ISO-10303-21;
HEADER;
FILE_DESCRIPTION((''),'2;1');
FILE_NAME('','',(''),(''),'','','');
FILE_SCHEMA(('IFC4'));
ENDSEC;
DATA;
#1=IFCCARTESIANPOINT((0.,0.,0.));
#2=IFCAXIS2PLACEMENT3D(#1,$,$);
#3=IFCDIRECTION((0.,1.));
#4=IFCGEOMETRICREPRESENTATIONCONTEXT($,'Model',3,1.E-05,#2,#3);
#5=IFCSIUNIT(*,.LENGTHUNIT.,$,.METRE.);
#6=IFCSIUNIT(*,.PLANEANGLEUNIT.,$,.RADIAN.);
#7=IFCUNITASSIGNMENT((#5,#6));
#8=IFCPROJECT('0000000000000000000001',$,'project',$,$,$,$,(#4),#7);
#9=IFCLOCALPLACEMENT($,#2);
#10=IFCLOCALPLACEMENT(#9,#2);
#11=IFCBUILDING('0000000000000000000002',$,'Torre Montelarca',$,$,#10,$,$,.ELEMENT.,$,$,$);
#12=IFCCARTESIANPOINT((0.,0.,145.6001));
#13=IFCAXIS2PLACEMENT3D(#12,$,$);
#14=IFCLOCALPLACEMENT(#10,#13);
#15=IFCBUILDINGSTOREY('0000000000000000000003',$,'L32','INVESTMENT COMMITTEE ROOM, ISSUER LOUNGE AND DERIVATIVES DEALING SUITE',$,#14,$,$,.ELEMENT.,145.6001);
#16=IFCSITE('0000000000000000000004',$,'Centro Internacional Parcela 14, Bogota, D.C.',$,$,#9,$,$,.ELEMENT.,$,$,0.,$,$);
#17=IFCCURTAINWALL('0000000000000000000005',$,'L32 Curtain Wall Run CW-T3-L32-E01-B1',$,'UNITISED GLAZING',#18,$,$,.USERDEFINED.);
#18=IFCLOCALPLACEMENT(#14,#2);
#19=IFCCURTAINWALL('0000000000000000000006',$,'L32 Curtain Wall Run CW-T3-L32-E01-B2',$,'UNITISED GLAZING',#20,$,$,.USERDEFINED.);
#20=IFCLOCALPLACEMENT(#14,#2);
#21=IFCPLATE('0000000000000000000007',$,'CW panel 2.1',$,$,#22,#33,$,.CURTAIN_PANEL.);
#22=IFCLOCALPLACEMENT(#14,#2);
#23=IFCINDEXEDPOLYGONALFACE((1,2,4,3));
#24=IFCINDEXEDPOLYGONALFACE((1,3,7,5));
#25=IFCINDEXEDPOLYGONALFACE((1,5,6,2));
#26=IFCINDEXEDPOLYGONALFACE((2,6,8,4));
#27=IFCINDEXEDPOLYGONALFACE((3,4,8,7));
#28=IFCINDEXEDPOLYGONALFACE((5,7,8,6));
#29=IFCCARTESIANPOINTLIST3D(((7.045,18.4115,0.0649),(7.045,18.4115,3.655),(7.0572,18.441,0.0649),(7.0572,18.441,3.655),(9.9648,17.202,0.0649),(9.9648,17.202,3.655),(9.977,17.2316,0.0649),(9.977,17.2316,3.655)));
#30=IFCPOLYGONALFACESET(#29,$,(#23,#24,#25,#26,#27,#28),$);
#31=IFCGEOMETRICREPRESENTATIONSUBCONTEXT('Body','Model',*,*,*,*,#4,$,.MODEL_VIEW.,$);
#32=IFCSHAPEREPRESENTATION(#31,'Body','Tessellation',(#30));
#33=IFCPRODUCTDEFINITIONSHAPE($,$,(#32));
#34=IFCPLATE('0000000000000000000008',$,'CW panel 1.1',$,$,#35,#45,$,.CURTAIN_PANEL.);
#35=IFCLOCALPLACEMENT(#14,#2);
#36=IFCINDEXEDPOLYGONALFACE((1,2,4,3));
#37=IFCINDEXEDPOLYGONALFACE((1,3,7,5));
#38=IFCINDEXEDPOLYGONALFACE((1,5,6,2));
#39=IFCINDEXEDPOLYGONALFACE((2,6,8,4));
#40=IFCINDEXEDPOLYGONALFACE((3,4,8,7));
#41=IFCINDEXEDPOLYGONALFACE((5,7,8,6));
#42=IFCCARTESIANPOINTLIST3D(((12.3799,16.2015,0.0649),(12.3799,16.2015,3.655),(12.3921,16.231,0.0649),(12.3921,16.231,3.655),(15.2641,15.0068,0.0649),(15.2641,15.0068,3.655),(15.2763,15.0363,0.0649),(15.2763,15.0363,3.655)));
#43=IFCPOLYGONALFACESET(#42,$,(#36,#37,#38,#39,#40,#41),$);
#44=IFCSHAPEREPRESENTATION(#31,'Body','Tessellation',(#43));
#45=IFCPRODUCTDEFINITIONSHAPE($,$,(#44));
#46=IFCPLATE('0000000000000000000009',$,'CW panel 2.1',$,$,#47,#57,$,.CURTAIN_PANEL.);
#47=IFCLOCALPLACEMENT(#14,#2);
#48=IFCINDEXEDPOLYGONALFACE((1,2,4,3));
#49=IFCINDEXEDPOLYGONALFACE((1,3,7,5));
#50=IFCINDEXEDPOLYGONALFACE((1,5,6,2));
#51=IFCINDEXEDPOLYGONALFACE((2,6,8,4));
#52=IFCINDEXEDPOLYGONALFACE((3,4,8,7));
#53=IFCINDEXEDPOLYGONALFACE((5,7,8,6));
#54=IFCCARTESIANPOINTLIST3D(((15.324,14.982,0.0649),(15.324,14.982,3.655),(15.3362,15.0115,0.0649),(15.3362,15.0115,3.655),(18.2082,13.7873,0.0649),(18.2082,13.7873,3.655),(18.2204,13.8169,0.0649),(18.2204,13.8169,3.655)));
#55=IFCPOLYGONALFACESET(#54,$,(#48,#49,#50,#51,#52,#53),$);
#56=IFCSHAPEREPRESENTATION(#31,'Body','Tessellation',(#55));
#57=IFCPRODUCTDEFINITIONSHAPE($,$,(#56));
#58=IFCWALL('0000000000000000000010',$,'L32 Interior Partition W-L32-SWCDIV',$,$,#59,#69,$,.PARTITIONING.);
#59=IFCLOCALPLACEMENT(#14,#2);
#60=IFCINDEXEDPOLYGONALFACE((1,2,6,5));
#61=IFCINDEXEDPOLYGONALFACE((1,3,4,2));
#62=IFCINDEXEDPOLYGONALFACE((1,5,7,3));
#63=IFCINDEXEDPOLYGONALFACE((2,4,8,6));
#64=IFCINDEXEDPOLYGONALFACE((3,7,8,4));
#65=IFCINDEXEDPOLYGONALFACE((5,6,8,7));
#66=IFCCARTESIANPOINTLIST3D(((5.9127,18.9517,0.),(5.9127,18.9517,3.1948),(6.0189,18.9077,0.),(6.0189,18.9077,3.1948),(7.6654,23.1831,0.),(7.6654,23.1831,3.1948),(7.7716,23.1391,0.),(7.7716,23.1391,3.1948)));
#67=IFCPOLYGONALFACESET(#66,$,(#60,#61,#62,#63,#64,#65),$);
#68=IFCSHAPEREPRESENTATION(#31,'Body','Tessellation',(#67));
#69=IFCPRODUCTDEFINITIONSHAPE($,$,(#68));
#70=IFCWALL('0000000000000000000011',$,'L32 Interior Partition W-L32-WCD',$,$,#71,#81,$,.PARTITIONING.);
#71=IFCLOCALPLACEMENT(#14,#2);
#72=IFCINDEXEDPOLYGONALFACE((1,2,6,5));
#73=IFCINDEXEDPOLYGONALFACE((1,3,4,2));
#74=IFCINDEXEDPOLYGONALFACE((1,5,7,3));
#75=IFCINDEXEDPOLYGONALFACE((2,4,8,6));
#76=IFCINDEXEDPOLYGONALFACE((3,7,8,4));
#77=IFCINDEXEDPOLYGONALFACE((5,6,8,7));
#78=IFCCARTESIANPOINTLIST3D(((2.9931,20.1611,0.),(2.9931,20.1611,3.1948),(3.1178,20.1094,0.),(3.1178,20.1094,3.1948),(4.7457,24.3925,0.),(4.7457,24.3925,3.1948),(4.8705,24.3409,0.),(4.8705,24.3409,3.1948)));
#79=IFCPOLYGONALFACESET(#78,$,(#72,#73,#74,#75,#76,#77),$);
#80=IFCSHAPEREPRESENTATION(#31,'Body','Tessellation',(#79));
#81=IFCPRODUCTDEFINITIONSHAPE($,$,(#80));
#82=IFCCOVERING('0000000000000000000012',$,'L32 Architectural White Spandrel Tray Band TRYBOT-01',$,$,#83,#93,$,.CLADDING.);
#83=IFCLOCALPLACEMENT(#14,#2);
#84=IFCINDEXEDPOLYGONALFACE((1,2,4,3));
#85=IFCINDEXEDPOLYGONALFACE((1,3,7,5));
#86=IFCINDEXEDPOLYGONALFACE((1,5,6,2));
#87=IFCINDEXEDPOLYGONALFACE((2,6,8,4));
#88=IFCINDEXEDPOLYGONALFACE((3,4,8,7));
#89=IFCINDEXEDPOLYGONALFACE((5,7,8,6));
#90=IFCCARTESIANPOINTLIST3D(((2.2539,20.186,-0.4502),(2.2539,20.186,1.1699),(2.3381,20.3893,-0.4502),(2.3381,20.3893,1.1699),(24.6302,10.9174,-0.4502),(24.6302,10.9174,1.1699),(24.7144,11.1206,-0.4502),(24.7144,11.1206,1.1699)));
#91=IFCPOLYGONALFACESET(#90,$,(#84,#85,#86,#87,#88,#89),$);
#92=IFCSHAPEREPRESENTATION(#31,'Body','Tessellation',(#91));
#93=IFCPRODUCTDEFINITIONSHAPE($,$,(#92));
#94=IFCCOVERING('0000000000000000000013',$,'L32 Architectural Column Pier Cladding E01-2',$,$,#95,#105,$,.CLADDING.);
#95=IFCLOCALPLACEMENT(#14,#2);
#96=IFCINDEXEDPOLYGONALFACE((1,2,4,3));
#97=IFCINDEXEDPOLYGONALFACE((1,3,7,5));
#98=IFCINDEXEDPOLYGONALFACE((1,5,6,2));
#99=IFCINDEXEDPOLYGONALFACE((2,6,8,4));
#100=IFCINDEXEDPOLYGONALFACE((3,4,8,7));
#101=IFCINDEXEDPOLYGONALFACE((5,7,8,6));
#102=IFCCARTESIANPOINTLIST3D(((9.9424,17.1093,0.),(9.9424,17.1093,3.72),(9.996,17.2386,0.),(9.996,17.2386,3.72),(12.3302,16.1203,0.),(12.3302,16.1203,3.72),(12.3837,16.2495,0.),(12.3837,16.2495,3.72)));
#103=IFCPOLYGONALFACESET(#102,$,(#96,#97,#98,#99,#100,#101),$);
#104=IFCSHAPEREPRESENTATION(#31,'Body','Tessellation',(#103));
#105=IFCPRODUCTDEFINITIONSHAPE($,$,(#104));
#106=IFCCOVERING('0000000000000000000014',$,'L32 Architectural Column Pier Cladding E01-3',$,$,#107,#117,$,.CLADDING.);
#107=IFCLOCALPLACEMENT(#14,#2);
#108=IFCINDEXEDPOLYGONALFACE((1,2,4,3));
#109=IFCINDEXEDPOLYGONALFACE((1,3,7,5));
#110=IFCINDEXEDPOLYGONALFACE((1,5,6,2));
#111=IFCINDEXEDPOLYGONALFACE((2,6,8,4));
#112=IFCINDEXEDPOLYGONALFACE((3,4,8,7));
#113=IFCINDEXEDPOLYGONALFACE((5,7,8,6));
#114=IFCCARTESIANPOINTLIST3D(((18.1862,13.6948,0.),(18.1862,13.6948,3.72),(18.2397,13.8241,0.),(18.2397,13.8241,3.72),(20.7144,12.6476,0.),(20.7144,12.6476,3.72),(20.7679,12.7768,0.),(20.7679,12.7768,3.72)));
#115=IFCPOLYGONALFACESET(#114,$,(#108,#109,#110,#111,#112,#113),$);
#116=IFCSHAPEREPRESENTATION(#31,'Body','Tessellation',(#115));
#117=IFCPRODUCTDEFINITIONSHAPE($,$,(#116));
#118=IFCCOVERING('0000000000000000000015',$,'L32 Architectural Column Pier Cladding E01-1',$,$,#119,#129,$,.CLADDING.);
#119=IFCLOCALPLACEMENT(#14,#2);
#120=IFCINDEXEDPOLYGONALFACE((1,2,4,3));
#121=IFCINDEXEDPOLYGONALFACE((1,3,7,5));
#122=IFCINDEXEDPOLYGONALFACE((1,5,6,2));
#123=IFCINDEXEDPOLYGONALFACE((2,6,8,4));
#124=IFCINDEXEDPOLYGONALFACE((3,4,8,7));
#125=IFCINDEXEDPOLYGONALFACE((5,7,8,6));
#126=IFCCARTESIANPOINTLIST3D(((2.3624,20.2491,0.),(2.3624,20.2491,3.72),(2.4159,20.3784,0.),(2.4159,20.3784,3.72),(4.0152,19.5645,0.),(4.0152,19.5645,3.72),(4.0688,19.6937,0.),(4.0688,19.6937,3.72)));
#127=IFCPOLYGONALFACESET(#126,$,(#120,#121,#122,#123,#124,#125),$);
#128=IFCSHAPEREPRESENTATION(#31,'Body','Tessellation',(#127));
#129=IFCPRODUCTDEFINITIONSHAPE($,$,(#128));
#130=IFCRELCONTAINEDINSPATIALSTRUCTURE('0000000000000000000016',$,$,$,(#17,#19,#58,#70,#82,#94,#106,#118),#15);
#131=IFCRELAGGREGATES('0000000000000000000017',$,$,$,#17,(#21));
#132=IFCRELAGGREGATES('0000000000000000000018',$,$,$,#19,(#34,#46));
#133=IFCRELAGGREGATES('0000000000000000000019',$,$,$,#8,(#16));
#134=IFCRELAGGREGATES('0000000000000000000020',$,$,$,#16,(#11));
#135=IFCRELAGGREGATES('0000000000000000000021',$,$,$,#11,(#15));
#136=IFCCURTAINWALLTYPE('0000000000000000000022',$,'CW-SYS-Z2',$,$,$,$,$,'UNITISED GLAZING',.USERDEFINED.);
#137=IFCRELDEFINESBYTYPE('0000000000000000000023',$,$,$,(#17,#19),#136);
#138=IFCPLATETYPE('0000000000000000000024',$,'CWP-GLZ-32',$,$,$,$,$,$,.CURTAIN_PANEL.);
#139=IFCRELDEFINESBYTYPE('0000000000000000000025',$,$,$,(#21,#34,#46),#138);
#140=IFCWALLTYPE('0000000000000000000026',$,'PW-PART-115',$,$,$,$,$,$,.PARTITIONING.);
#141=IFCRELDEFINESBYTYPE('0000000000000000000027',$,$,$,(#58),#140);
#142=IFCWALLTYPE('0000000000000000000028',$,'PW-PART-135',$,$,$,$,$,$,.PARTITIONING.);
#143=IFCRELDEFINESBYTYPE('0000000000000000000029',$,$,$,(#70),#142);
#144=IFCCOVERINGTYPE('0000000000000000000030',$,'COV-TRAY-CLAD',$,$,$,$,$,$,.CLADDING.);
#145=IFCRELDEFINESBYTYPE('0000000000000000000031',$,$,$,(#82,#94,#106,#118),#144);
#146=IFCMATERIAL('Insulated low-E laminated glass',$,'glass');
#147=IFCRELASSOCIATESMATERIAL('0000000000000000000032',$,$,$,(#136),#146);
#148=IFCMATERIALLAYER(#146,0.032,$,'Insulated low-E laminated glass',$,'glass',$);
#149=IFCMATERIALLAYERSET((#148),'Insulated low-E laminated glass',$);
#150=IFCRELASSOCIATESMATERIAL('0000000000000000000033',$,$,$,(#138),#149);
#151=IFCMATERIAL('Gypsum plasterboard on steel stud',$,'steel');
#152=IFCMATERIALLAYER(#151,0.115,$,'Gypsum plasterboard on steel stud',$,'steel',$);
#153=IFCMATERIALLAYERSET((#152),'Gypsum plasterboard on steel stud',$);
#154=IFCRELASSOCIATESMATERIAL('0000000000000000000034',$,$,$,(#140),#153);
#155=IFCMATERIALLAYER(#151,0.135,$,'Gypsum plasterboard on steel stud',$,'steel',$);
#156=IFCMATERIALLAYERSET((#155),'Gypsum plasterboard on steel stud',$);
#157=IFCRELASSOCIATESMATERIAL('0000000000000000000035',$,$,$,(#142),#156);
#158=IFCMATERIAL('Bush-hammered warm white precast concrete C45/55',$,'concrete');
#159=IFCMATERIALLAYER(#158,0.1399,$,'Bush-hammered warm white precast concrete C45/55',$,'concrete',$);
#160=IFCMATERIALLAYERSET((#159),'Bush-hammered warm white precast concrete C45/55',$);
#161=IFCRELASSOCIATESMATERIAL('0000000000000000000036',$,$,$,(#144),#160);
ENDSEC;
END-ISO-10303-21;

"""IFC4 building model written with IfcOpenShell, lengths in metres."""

from ifc_helpers import new_model, si_unit, direction, frame, frame_2d, origin, origin_2d, place, context, subcontext, project, spatial, rectangle, extrude, source, transform, mapped, material, layer, layer_set, type_object, element, aggregate, save


model = new_model("IFC4")

# Units and contexts
model_context = context("Model", 3, precision=1e-05, world=origin(), true_north=direction((0.0, 1.0)))
body_context = subcontext(model_context, "Body", "Model", "MODEL_VIEW")
ifc_project = project(units=[si_unit("LENGTHUNIT", "METRE"), si_unit("PLANEANGLEUNIT", "RADIAN")], contexts=[model_context])

# Site, building, storey
site_placement = place(None, origin())
site = spatial("IfcSite", under=ifc_project, at=site_placement, Name="Centro Internacional Parcela 14, Bogota, D.C.", CompositionType="ELEMENT", RefElevation=0.0)
building_placement = place(site_placement, origin())
building = spatial("IfcBuilding", under=site, at=building_placement, Name="Torre Montelarca", CompositionType="ELEMENT")
storey_placement = place(building_placement, frame((0.0, 0.0, 145.6001)))
storey = spatial("IfcBuildingStorey", under=building, at=storey_placement, Name="L32", Description="INVESTMENT COMMITTEE ROOM, ISSUER LOUNGE AND DERIVATIVES DEALING SUITE", CompositionType="ELEMENT", Elevation=145.6001)

# Curtain walls
ifc_material_1 = material(Name="Insulated low-E laminated glass", Category="glass")
curtain_wall_type = type_object("IfcCurtainWallType", Name="CW-SYS-Z2", ElementType="UNITISED GLAZING", PredefinedType="USERDEFINED", material=ifc_material_1)
curtain_wall_1_placement = place(storey_placement, origin())
curtain_wall_1 = element("IfcCurtainWall", 1, at=curtain_wall_1_placement, inside=storey, type_object=curtain_wall_type, Name="L32 Curtain Wall Run CW-T3-L32-E01-B1", ObjectType="UNITISED GLAZING", PredefinedType="USERDEFINED")
curtain_wall_2_placement = place(storey_placement, origin())
curtain_wall_2 = element("IfcCurtainWall", 2, at=curtain_wall_2_placement, inside=storey, type_object=curtain_wall_type, Name="L32 Curtain Wall Run CW-T3-L32-E01-B2", ObjectType="UNITISED GLAZING", PredefinedType="USERDEFINED")

# Plates
ifc_layer_1 = layer(ifc_material_1, 0.032, Name="Insulated low-E laminated glass", Category="glass")
ifc_layer_set_1 = layer_set([ifc_layer_1], Name="Insulated low-E laminated glass")
plate_type = type_object("IfcPlateType", Name="CWP-GLZ-32", PredefinedType="CURTAIN_PANEL", material=ifc_layer_set_1)
shared_shape_1 = source(origin(), body_context, "Body", "SweptSolid", [
    extrude(rectangle(XDim=3.1604, YDim=0.032, at=origin_2d()), origin(), (0.0, 0.0, 1.0), 3.5901),
])
plate_1_placement = place(storey_placement, frame((8.511, 17.8215, 0.0649), z_axis=(0.0, 0.0, 1.0), x_axis=(0.92388, -0.382683, 0.0)))
plate_1 = element("IfcPlate", 3, at=plate_1_placement, type_object=plate_type, Name="CW panel 2.1", PredefinedType="CURTAIN_PANEL", context=body_context, shape_type="MappedRepresentation", body=[
    mapped(shared_shape_1, transform((0.0, 0.0, 0.0), scale=1.0)),
])
aggregate(curtain_wall_1, [plate_1])
shared_shape_2 = source(origin(), body_context, "Body", "SweptSolid", [
    extrude(rectangle(XDim=3.1218, YDim=0.032, at=origin_2d()), origin(), (0.0, 0.0, 1.0), 3.5901),
])
plate_2_placement = place(storey_placement, frame((13.8281, 15.6189, 0.0649), z_axis=(0.0, 0.0, 1.0), x_axis=(0.92388, -0.382682, 0.0)))
plate_2 = element("IfcPlate", 4, at=plate_2_placement, type_object=plate_type, Name="CW panel 1.1", PredefinedType="CURTAIN_PANEL", context=body_context, shape_type="MappedRepresentation", body=[
    mapped(shared_shape_2, transform((0.0, 0.0, 0.0), scale=1.0)),
])
plate_3_placement = place(storey_placement, frame((16.7722, 14.3994, 0.0649), z_axis=(0.0, 0.0, 1.0), x_axis=(0.92388, -0.382682, 0.0)))
plate_3 = element("IfcPlate", 5, at=plate_3_placement, type_object=plate_type, Name="CW panel 2.1", PredefinedType="CURTAIN_PANEL", context=body_context, shape_type="MappedRepresentation", body=[
    mapped(shared_shape_2, transform((0.0, 0.0, 0.0), scale=1.0)),
])
aggregate(curtain_wall_2, [plate_2, plate_3])

# Walls
ifc_material_2 = material(Name="Gypsum plasterboard on steel stud", Category="steel")
ifc_layer_2 = layer(ifc_material_2, 0.115, Name="Gypsum plasterboard on steel stud", Category="steel")
ifc_layer_set_2 = layer_set([ifc_layer_2], Name="Gypsum plasterboard on steel stud")
wall_type_1 = type_object("IfcWallType", Name="PW-PART-115", PredefinedType="PARTITIONING", material=ifc_layer_set_2)
wall_1_placement = place(storey_placement, frame((5.9658, 18.9297, 0.0), z_axis=(0.0, 0.0, 1.0), x_axis=(0.382677, 0.923882, 0.0)))
element("IfcWall", 6, at=wall_1_placement, inside=storey, type_object=wall_type_1, Name="L32 Interior Partition W-L32-SWCDIV", PredefinedType="PARTITIONING", context=body_context, shape_type="SweptSolid", body=[
    extrude(rectangle(XDim=4.5801, YDim=0.115, at=frame_2d((2.29, 0.0))), origin(), (0.0, 0.0, 1.0), 3.1948),
])
ifc_layer_3 = layer(ifc_material_2, 0.135, Name="Gypsum plasterboard on steel stud", Category="steel")
ifc_layer_set_3 = layer_set([ifc_layer_3], Name="Gypsum plasterboard on steel stud")
wall_type_2 = type_object("IfcWallType", Name="PW-PART-135", PredefinedType="PARTITIONING", material=ifc_layer_set_3)
wall_2_placement = place(storey_placement, frame((3.0554, 20.1353, 0.0), z_axis=(0.0, 0.0, 1.0), x_axis=(0.382677, 0.923882, 0.0)))
element("IfcWall", 7, at=wall_2_placement, inside=storey, type_object=wall_type_2, Name="L32 Interior Partition W-L32-WCD", PredefinedType="PARTITIONING", context=body_context, shape_type="SweptSolid", body=[
    extrude(rectangle(XDim=4.5801, YDim=0.135, at=frame_2d((2.29, 0.0))), origin(), (0.0, 0.0, 1.0), 3.1948),
])

# Coverings
ifc_material_3 = material(Name="Bush-hammered warm white precast concrete C45/55", Category="concrete")
ifc_layer_4 = layer(ifc_material_3, 0.1399, Name="Bush-hammered warm white precast concrete C45/55", Category="concrete")
ifc_layer_set_4 = layer_set([ifc_layer_4], Name="Bush-hammered warm white precast concrete C45/55")
covering_type = type_object("IfcCoveringType", Name="COV-TRAY-CLAD", PredefinedType="CLADDING", material=ifc_layer_set_4)
shared_shape_3 = source(origin(), body_context, "Body", "SweptSolid", [
    extrude(rectangle(XDim=24.22, YDim=0.22, at=origin_2d()), origin(), (0.0, 0.0, 1.0), 1.6201),
])
covering_1_placement = place(storey_placement, frame((13.4841, 15.6533, -0.4502), z_axis=(0.0, 0.0, 1.0), x_axis=(0.923878, -0.382687, 0.0)))
element("IfcCovering", 8, at=covering_1_placement, inside=storey, type_object=covering_type, Name="L32 Architectural White Spandrel Tray Band TRYBOT-01", PredefinedType="CLADDING", context=body_context, shape_type="MappedRepresentation", body=[
    mapped(shared_shape_3, transform((0.0, 0.0, 0.0), scale=1.0)),
])
shared_shape_4 = source(origin(), body_context, "Body", "SweptSolid", [
    extrude(rectangle(XDim=2.5845, YDim=0.1399, at=origin_2d()), origin(), (0.0, 0.0, 1.0), 3.72),
])
covering_2_placement = place(storey_placement, frame((11.1631, 16.6794, 0.0), z_axis=(0.0, 0.0, 1.0), x_axis=(0.923878, -0.382687, 0.0)))
element("IfcCovering", 9, at=covering_2_placement, inside=storey, type_object=covering_type, Name="L32 Architectural Column Pier Cladding E01-2", PredefinedType="CLADDING", context=body_context, shape_type="MappedRepresentation", body=[
    mapped(shared_shape_4, transform((0.0, 0.0, 0.0), scale=1.0)),
])
shared_shape_5 = source(origin(), body_context, "Body", "SweptSolid", [
    extrude(rectangle(XDim=2.7366, YDim=0.1399, at=origin_2d()), origin(), (0.0, 0.0, 1.0), 3.72),
])
covering_3_placement = place(storey_placement, frame((19.4771, 13.2358, 0.0), z_axis=(0.0, 0.0, 1.0), x_axis=(0.923878, -0.382687, 0.0)))
element("IfcCovering", 10, at=covering_3_placement, inside=storey, type_object=covering_type, Name="L32 Architectural Column Pier Cladding E01-3", PredefinedType="CLADDING", context=body_context, shape_type="MappedRepresentation", body=[
    mapped(shared_shape_5, transform((0.0, 0.0, 0.0), scale=1.0)),
])
shared_shape_6 = source(origin(), body_context, "Body", "SweptSolid", [
    extrude(rectangle(XDim=1.7891, YDim=0.1399, at=origin_2d()), origin(), (0.0, 0.0, 1.0), 3.72),
])
covering_4_placement = place(storey_placement, frame((3.2156, 19.9714, 0.0), z_axis=(0.0, 0.0, 1.0), x_axis=(0.923878, -0.382687, 0.0)))
element("IfcCovering", 11, at=covering_4_placement, inside=storey, type_object=covering_type, Name="L32 Architectural Column Pier Cladding E01-1", PredefinedType="CLADDING", context=body_context, shape_type="MappedRepresentation", body=[
    mapped(shared_shape_6, transform((0.0, 0.0, 0.0), scale=1.0)),
])

save(model, "model.ifc")
